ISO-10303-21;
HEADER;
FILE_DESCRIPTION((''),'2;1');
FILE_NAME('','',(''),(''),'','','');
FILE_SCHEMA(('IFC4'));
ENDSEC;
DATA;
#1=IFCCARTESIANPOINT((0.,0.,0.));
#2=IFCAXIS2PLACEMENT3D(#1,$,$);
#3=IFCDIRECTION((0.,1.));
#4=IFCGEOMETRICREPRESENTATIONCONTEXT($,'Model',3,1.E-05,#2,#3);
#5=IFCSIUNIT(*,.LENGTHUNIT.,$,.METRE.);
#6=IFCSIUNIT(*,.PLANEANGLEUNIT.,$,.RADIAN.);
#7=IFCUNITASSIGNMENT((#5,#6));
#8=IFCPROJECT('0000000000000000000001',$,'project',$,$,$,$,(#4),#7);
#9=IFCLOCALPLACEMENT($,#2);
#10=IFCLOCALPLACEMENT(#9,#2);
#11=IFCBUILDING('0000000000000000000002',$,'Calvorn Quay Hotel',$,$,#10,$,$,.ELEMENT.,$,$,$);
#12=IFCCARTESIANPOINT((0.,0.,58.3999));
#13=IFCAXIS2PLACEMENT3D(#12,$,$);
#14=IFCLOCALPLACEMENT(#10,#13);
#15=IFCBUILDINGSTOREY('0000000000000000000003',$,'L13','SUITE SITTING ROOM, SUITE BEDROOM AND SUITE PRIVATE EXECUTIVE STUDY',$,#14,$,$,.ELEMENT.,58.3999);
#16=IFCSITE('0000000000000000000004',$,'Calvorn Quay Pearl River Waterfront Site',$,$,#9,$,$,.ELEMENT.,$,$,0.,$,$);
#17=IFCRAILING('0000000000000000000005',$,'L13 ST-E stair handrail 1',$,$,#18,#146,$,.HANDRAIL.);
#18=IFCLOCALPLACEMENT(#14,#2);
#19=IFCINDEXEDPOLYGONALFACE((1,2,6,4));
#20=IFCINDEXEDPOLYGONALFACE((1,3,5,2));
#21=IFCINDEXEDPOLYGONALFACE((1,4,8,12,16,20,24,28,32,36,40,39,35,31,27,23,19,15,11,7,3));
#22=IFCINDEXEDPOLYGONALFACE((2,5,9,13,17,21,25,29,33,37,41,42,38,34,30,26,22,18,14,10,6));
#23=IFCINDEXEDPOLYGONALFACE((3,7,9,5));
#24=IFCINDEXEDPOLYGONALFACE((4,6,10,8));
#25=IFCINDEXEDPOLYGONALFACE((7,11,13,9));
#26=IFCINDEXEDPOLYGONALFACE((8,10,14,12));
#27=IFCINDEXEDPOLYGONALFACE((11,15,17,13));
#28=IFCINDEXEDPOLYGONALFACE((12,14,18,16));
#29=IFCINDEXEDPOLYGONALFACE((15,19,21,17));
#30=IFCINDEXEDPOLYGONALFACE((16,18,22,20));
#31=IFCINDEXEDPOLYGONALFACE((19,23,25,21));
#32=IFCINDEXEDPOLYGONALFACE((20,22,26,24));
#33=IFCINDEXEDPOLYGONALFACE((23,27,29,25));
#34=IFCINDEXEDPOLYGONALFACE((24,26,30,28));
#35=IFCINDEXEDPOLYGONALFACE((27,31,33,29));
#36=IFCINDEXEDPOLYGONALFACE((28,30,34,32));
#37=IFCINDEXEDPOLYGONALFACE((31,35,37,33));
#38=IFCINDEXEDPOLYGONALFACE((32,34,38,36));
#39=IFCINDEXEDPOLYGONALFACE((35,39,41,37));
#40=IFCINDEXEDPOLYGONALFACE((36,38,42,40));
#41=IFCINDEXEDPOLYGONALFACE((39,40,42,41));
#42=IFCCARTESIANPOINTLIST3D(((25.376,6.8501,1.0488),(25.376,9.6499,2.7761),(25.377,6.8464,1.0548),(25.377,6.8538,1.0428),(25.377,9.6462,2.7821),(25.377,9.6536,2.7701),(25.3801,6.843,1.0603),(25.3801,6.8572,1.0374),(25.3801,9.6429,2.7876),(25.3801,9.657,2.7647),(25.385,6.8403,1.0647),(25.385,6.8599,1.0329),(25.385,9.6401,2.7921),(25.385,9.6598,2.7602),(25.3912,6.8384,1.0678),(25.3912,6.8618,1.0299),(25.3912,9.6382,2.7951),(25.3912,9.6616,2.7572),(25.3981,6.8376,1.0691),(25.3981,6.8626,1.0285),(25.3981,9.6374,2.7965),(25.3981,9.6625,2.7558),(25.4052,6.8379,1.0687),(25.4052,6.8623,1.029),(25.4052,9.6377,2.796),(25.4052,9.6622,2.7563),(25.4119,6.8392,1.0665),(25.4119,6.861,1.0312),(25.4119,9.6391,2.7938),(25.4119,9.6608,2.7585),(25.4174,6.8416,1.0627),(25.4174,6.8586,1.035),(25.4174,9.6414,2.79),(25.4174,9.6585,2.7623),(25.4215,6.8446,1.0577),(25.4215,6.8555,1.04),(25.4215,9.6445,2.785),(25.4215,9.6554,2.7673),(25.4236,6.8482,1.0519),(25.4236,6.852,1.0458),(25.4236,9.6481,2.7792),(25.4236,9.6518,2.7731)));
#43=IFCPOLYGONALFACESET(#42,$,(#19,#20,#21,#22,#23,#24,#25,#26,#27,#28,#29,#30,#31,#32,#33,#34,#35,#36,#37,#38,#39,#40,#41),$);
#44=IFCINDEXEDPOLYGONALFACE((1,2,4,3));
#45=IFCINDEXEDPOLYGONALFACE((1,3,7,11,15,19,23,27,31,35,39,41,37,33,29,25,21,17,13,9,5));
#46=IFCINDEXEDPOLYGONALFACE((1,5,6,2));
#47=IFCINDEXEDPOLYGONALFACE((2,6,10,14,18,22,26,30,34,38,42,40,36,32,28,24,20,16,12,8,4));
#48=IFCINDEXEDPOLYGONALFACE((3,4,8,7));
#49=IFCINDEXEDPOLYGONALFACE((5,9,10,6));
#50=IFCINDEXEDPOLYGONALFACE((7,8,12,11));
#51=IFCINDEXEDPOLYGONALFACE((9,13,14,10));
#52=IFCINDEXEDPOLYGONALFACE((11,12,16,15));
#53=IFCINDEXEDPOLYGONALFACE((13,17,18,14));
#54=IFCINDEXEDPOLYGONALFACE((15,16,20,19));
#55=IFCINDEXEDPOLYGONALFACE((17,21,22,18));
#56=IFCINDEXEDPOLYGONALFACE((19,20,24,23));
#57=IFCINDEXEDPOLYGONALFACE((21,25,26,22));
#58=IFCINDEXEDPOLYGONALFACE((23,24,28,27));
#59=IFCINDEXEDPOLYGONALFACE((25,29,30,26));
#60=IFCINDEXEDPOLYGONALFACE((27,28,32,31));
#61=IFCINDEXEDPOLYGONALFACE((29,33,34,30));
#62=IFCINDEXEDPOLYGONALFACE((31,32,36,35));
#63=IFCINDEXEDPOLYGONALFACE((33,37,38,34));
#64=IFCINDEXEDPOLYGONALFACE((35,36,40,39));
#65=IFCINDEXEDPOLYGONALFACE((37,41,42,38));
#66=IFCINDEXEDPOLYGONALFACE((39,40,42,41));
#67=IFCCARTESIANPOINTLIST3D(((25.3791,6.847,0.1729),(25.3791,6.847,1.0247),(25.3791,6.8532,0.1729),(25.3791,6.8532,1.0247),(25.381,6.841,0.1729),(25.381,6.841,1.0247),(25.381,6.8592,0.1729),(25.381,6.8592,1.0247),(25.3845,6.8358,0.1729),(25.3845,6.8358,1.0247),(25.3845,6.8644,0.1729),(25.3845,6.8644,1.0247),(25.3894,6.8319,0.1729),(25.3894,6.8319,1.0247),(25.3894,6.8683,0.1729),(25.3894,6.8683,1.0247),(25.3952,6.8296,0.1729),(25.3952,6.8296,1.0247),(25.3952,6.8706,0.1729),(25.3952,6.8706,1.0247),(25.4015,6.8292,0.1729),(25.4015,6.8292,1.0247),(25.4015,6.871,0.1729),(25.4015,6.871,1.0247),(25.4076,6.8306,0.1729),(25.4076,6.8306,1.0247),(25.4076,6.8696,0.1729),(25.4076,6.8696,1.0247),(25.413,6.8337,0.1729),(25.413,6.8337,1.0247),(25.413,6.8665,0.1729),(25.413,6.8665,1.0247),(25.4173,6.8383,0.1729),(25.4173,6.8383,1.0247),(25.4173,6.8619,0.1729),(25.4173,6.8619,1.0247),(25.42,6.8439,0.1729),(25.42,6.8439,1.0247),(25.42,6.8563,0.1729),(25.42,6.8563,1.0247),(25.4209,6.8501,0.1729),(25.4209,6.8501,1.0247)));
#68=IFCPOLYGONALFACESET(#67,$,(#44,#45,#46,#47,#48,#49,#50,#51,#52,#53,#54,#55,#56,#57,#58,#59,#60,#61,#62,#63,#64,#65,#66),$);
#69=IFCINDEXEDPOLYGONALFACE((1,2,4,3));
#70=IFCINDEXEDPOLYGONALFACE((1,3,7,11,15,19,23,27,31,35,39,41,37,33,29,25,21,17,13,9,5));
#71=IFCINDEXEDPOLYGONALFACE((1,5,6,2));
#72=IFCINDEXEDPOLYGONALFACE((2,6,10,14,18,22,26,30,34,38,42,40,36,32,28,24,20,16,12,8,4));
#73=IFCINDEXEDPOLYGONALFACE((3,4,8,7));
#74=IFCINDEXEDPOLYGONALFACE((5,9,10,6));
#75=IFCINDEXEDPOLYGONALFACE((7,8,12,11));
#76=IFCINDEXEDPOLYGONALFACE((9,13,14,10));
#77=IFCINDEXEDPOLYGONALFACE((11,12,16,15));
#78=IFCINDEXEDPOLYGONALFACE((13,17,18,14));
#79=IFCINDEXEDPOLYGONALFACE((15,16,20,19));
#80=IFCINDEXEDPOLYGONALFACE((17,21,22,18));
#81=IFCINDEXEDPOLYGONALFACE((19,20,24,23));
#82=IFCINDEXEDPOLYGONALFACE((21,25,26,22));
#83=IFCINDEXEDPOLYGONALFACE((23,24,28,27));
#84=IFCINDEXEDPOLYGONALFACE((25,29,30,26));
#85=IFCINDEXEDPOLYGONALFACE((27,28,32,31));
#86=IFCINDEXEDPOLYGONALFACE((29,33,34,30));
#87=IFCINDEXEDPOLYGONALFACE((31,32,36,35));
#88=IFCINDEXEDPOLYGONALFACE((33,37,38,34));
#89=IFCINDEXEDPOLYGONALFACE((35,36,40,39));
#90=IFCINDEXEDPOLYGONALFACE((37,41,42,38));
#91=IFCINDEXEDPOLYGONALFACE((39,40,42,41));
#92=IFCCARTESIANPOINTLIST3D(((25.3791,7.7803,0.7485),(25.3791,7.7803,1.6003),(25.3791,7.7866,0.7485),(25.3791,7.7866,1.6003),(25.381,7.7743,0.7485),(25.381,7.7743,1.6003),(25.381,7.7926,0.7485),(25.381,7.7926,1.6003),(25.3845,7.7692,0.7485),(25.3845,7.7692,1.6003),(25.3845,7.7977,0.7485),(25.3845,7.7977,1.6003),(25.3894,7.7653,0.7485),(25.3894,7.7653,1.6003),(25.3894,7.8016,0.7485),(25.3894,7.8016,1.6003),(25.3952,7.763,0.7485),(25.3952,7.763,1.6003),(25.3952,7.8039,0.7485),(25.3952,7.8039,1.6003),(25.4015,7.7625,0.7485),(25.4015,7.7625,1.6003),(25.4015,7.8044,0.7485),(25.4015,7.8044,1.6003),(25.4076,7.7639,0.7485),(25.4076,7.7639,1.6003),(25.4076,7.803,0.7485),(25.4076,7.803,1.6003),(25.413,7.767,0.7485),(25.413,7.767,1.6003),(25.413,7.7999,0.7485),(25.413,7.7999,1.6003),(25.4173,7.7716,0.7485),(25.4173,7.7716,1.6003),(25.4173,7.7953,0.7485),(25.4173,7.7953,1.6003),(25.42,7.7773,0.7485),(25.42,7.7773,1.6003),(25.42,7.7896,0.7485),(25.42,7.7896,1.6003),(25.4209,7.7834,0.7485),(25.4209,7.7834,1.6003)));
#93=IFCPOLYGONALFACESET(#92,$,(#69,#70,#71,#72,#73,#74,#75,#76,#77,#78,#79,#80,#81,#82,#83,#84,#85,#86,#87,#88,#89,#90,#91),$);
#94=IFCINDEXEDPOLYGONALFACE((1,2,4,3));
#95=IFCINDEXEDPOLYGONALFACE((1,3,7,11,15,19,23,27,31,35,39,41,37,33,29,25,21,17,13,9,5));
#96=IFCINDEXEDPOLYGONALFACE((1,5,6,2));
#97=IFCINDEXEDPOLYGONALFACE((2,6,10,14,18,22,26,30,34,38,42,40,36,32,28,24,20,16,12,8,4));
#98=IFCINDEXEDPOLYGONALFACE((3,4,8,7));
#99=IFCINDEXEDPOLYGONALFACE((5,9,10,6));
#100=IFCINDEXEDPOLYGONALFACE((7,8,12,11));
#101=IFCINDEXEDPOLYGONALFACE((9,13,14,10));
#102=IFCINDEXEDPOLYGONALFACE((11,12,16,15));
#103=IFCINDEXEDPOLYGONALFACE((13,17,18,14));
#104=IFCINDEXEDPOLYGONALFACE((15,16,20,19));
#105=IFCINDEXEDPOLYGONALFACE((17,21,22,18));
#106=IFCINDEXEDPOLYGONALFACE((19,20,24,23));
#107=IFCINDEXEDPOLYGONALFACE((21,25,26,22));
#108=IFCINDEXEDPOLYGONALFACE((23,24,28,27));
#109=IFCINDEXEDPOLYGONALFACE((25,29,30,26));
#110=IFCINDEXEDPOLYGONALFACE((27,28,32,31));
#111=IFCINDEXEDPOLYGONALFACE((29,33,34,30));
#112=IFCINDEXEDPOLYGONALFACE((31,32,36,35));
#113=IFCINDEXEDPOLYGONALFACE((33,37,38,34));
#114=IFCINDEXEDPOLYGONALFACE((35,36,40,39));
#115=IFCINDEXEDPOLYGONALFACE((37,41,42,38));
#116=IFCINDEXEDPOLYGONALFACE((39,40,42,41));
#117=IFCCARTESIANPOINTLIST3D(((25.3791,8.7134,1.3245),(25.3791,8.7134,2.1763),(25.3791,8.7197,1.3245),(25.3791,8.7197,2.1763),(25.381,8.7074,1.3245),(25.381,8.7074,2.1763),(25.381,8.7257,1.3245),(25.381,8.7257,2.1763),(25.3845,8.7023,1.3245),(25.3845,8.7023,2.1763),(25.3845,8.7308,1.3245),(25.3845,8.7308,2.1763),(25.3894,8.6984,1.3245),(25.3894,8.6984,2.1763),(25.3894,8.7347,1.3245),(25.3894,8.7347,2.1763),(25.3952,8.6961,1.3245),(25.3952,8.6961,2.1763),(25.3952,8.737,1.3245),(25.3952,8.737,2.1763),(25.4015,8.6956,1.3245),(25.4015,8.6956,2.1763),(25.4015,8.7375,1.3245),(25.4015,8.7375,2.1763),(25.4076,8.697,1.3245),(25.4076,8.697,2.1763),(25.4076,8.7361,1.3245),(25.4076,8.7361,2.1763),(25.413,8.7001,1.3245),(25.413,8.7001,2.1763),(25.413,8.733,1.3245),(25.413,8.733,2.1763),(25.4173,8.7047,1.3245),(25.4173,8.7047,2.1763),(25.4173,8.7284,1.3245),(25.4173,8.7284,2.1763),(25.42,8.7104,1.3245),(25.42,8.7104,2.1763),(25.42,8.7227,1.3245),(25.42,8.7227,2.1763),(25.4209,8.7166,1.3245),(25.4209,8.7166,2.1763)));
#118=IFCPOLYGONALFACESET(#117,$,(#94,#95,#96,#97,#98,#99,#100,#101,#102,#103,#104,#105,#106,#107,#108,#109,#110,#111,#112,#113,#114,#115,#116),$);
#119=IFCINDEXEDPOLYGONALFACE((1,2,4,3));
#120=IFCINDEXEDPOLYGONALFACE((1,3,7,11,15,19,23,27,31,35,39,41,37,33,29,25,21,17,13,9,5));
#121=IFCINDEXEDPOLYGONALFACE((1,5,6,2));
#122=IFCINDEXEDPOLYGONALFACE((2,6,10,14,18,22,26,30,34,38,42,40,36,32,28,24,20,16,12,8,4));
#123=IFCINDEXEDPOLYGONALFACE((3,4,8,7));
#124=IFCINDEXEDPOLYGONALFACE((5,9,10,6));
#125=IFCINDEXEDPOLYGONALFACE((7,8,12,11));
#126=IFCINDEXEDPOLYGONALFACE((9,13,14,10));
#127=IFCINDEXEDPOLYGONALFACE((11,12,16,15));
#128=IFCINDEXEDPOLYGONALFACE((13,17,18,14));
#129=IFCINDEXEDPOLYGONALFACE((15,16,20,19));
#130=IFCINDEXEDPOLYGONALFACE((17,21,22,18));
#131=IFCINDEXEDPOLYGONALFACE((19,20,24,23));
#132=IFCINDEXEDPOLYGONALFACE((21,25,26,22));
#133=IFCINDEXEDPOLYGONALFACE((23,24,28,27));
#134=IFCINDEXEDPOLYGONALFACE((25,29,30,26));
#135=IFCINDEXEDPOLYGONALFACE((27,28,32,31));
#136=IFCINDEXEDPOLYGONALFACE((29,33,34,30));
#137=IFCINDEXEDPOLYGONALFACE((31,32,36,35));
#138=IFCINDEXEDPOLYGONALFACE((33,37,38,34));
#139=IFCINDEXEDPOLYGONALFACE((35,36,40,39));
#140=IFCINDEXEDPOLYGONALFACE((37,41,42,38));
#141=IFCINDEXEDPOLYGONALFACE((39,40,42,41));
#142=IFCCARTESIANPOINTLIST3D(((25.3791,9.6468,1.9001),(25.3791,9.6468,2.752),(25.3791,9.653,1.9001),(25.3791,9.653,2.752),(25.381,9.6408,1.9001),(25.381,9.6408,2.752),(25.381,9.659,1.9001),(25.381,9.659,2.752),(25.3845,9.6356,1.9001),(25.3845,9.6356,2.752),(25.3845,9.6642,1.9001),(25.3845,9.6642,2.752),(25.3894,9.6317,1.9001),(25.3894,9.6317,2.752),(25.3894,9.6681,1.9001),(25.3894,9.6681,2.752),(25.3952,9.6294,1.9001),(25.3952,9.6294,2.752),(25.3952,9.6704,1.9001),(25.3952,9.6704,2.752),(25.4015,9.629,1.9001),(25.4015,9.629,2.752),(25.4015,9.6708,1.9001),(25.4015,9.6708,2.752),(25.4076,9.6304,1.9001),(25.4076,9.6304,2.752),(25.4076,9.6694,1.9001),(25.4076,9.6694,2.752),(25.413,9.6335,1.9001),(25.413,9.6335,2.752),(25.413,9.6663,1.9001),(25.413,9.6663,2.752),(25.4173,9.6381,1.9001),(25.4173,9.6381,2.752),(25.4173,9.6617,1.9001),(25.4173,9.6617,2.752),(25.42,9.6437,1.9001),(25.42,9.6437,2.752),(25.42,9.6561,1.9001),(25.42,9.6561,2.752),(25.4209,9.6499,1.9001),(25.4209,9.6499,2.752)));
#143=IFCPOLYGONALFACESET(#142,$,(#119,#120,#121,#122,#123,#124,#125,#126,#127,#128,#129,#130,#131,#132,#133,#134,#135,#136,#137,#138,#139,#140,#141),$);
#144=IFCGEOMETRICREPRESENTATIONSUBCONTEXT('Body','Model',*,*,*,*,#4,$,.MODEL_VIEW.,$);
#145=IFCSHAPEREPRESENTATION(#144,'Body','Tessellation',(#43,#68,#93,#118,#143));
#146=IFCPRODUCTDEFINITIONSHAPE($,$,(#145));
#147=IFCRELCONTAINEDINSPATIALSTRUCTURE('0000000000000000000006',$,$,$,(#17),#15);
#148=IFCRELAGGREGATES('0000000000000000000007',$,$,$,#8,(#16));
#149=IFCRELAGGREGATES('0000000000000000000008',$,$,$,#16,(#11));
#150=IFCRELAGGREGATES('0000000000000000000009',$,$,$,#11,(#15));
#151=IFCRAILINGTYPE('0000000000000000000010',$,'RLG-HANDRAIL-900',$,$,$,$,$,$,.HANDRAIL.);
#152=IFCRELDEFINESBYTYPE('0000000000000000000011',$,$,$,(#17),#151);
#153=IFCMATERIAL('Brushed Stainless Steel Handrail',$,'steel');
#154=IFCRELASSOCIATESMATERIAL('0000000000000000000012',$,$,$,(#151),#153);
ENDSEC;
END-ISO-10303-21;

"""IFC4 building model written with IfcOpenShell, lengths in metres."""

from ifc_helpers import new_model, si_unit, direction, frame, origin, origin_2d, place, context, subcontext, project, spatial, circle, extrude, material, type_object, element, save


model = new_model("IFC4")

# Units and contexts
model_context = context("Model", 3, precision=1e-05, world=origin(), true_north=direction((0.0, 1.0)))
body_context = subcontext(model_context, "Body", "Model", "MODEL_VIEW")
ifc_project = project(units=[si_unit("LENGTHUNIT", "METRE"), si_unit("PLANEANGLEUNIT", "RADIAN")], contexts=[model_context])

# Site, building, storey
site_placement = place(None, origin())
site = spatial("IfcSite", under=ifc_project, at=site_placement, Name="Calvorn Quay Pearl River Waterfront Site", CompositionType="ELEMENT", RefElevation=0.0)
building_placement = place(site_placement, origin())
building = spatial("IfcBuilding", under=site, at=building_placement, Name="Calvorn Quay Hotel", CompositionType="ELEMENT")
storey_placement = place(building_placement, frame((0.0, 0.0, 58.3999)))
storey = spatial("IfcBuildingStorey", under=building, at=storey_placement, Name="L13", Description="SUITE SITTING ROOM, SUITE BEDROOM AND SUITE PRIVATE EXECUTIVE STUDY", CompositionType="ELEMENT", Elevation=58.3999)

# Railing
ifc_material_1 = material(Name="Brushed Stainless Steel Handrail", Category="steel")
railing_type_1 = type_object("IfcRailingType", Name="RLG-HANDRAIL-900", PredefinedType="HANDRAIL", material=ifc_material_1)
railing_1_placement = place(storey_placement, frame((25.3999, 6.8501, 0.1729)))
element("IfcRailing", 1, at=railing_1_placement, inside=storey, type_object=railing_type_1, Name="L13 ST-E stair handrail 1", PredefinedType="HANDRAIL", context=body_context, shape_type="SweptSolid", body=[
    extrude(circle(Radius=0.0239, at=origin_2d()), frame((0.0, 0.0, 0.876), z_axis=(0.0, 0.851069, 0.525054), x_axis=(-1.0, 0.0, 0.0)), (0.0, 0.0, 1.0), 3.2898),
    extrude(circle(Radius=0.021, at=origin_2d()), origin(), (0.0, 0.0, 1.0), 0.8518),
    extrude(circle(Radius=0.021, at=origin_2d()), frame((0.0, 0.9333, 0.5757)), (0.0, 0.0, 1.0), 0.8518),
    extrude(circle(Radius=0.021, at=origin_2d()), frame((0.0, 1.8665, 1.1516)), (0.0, 0.0, 1.0), 0.8518),
    extrude(circle(Radius=0.021, at=origin_2d()), frame((0.0, 2.7998, 1.7273)), (0.0, 0.0, 1.0), 0.8518),
])

save(model, "model.ifc")
